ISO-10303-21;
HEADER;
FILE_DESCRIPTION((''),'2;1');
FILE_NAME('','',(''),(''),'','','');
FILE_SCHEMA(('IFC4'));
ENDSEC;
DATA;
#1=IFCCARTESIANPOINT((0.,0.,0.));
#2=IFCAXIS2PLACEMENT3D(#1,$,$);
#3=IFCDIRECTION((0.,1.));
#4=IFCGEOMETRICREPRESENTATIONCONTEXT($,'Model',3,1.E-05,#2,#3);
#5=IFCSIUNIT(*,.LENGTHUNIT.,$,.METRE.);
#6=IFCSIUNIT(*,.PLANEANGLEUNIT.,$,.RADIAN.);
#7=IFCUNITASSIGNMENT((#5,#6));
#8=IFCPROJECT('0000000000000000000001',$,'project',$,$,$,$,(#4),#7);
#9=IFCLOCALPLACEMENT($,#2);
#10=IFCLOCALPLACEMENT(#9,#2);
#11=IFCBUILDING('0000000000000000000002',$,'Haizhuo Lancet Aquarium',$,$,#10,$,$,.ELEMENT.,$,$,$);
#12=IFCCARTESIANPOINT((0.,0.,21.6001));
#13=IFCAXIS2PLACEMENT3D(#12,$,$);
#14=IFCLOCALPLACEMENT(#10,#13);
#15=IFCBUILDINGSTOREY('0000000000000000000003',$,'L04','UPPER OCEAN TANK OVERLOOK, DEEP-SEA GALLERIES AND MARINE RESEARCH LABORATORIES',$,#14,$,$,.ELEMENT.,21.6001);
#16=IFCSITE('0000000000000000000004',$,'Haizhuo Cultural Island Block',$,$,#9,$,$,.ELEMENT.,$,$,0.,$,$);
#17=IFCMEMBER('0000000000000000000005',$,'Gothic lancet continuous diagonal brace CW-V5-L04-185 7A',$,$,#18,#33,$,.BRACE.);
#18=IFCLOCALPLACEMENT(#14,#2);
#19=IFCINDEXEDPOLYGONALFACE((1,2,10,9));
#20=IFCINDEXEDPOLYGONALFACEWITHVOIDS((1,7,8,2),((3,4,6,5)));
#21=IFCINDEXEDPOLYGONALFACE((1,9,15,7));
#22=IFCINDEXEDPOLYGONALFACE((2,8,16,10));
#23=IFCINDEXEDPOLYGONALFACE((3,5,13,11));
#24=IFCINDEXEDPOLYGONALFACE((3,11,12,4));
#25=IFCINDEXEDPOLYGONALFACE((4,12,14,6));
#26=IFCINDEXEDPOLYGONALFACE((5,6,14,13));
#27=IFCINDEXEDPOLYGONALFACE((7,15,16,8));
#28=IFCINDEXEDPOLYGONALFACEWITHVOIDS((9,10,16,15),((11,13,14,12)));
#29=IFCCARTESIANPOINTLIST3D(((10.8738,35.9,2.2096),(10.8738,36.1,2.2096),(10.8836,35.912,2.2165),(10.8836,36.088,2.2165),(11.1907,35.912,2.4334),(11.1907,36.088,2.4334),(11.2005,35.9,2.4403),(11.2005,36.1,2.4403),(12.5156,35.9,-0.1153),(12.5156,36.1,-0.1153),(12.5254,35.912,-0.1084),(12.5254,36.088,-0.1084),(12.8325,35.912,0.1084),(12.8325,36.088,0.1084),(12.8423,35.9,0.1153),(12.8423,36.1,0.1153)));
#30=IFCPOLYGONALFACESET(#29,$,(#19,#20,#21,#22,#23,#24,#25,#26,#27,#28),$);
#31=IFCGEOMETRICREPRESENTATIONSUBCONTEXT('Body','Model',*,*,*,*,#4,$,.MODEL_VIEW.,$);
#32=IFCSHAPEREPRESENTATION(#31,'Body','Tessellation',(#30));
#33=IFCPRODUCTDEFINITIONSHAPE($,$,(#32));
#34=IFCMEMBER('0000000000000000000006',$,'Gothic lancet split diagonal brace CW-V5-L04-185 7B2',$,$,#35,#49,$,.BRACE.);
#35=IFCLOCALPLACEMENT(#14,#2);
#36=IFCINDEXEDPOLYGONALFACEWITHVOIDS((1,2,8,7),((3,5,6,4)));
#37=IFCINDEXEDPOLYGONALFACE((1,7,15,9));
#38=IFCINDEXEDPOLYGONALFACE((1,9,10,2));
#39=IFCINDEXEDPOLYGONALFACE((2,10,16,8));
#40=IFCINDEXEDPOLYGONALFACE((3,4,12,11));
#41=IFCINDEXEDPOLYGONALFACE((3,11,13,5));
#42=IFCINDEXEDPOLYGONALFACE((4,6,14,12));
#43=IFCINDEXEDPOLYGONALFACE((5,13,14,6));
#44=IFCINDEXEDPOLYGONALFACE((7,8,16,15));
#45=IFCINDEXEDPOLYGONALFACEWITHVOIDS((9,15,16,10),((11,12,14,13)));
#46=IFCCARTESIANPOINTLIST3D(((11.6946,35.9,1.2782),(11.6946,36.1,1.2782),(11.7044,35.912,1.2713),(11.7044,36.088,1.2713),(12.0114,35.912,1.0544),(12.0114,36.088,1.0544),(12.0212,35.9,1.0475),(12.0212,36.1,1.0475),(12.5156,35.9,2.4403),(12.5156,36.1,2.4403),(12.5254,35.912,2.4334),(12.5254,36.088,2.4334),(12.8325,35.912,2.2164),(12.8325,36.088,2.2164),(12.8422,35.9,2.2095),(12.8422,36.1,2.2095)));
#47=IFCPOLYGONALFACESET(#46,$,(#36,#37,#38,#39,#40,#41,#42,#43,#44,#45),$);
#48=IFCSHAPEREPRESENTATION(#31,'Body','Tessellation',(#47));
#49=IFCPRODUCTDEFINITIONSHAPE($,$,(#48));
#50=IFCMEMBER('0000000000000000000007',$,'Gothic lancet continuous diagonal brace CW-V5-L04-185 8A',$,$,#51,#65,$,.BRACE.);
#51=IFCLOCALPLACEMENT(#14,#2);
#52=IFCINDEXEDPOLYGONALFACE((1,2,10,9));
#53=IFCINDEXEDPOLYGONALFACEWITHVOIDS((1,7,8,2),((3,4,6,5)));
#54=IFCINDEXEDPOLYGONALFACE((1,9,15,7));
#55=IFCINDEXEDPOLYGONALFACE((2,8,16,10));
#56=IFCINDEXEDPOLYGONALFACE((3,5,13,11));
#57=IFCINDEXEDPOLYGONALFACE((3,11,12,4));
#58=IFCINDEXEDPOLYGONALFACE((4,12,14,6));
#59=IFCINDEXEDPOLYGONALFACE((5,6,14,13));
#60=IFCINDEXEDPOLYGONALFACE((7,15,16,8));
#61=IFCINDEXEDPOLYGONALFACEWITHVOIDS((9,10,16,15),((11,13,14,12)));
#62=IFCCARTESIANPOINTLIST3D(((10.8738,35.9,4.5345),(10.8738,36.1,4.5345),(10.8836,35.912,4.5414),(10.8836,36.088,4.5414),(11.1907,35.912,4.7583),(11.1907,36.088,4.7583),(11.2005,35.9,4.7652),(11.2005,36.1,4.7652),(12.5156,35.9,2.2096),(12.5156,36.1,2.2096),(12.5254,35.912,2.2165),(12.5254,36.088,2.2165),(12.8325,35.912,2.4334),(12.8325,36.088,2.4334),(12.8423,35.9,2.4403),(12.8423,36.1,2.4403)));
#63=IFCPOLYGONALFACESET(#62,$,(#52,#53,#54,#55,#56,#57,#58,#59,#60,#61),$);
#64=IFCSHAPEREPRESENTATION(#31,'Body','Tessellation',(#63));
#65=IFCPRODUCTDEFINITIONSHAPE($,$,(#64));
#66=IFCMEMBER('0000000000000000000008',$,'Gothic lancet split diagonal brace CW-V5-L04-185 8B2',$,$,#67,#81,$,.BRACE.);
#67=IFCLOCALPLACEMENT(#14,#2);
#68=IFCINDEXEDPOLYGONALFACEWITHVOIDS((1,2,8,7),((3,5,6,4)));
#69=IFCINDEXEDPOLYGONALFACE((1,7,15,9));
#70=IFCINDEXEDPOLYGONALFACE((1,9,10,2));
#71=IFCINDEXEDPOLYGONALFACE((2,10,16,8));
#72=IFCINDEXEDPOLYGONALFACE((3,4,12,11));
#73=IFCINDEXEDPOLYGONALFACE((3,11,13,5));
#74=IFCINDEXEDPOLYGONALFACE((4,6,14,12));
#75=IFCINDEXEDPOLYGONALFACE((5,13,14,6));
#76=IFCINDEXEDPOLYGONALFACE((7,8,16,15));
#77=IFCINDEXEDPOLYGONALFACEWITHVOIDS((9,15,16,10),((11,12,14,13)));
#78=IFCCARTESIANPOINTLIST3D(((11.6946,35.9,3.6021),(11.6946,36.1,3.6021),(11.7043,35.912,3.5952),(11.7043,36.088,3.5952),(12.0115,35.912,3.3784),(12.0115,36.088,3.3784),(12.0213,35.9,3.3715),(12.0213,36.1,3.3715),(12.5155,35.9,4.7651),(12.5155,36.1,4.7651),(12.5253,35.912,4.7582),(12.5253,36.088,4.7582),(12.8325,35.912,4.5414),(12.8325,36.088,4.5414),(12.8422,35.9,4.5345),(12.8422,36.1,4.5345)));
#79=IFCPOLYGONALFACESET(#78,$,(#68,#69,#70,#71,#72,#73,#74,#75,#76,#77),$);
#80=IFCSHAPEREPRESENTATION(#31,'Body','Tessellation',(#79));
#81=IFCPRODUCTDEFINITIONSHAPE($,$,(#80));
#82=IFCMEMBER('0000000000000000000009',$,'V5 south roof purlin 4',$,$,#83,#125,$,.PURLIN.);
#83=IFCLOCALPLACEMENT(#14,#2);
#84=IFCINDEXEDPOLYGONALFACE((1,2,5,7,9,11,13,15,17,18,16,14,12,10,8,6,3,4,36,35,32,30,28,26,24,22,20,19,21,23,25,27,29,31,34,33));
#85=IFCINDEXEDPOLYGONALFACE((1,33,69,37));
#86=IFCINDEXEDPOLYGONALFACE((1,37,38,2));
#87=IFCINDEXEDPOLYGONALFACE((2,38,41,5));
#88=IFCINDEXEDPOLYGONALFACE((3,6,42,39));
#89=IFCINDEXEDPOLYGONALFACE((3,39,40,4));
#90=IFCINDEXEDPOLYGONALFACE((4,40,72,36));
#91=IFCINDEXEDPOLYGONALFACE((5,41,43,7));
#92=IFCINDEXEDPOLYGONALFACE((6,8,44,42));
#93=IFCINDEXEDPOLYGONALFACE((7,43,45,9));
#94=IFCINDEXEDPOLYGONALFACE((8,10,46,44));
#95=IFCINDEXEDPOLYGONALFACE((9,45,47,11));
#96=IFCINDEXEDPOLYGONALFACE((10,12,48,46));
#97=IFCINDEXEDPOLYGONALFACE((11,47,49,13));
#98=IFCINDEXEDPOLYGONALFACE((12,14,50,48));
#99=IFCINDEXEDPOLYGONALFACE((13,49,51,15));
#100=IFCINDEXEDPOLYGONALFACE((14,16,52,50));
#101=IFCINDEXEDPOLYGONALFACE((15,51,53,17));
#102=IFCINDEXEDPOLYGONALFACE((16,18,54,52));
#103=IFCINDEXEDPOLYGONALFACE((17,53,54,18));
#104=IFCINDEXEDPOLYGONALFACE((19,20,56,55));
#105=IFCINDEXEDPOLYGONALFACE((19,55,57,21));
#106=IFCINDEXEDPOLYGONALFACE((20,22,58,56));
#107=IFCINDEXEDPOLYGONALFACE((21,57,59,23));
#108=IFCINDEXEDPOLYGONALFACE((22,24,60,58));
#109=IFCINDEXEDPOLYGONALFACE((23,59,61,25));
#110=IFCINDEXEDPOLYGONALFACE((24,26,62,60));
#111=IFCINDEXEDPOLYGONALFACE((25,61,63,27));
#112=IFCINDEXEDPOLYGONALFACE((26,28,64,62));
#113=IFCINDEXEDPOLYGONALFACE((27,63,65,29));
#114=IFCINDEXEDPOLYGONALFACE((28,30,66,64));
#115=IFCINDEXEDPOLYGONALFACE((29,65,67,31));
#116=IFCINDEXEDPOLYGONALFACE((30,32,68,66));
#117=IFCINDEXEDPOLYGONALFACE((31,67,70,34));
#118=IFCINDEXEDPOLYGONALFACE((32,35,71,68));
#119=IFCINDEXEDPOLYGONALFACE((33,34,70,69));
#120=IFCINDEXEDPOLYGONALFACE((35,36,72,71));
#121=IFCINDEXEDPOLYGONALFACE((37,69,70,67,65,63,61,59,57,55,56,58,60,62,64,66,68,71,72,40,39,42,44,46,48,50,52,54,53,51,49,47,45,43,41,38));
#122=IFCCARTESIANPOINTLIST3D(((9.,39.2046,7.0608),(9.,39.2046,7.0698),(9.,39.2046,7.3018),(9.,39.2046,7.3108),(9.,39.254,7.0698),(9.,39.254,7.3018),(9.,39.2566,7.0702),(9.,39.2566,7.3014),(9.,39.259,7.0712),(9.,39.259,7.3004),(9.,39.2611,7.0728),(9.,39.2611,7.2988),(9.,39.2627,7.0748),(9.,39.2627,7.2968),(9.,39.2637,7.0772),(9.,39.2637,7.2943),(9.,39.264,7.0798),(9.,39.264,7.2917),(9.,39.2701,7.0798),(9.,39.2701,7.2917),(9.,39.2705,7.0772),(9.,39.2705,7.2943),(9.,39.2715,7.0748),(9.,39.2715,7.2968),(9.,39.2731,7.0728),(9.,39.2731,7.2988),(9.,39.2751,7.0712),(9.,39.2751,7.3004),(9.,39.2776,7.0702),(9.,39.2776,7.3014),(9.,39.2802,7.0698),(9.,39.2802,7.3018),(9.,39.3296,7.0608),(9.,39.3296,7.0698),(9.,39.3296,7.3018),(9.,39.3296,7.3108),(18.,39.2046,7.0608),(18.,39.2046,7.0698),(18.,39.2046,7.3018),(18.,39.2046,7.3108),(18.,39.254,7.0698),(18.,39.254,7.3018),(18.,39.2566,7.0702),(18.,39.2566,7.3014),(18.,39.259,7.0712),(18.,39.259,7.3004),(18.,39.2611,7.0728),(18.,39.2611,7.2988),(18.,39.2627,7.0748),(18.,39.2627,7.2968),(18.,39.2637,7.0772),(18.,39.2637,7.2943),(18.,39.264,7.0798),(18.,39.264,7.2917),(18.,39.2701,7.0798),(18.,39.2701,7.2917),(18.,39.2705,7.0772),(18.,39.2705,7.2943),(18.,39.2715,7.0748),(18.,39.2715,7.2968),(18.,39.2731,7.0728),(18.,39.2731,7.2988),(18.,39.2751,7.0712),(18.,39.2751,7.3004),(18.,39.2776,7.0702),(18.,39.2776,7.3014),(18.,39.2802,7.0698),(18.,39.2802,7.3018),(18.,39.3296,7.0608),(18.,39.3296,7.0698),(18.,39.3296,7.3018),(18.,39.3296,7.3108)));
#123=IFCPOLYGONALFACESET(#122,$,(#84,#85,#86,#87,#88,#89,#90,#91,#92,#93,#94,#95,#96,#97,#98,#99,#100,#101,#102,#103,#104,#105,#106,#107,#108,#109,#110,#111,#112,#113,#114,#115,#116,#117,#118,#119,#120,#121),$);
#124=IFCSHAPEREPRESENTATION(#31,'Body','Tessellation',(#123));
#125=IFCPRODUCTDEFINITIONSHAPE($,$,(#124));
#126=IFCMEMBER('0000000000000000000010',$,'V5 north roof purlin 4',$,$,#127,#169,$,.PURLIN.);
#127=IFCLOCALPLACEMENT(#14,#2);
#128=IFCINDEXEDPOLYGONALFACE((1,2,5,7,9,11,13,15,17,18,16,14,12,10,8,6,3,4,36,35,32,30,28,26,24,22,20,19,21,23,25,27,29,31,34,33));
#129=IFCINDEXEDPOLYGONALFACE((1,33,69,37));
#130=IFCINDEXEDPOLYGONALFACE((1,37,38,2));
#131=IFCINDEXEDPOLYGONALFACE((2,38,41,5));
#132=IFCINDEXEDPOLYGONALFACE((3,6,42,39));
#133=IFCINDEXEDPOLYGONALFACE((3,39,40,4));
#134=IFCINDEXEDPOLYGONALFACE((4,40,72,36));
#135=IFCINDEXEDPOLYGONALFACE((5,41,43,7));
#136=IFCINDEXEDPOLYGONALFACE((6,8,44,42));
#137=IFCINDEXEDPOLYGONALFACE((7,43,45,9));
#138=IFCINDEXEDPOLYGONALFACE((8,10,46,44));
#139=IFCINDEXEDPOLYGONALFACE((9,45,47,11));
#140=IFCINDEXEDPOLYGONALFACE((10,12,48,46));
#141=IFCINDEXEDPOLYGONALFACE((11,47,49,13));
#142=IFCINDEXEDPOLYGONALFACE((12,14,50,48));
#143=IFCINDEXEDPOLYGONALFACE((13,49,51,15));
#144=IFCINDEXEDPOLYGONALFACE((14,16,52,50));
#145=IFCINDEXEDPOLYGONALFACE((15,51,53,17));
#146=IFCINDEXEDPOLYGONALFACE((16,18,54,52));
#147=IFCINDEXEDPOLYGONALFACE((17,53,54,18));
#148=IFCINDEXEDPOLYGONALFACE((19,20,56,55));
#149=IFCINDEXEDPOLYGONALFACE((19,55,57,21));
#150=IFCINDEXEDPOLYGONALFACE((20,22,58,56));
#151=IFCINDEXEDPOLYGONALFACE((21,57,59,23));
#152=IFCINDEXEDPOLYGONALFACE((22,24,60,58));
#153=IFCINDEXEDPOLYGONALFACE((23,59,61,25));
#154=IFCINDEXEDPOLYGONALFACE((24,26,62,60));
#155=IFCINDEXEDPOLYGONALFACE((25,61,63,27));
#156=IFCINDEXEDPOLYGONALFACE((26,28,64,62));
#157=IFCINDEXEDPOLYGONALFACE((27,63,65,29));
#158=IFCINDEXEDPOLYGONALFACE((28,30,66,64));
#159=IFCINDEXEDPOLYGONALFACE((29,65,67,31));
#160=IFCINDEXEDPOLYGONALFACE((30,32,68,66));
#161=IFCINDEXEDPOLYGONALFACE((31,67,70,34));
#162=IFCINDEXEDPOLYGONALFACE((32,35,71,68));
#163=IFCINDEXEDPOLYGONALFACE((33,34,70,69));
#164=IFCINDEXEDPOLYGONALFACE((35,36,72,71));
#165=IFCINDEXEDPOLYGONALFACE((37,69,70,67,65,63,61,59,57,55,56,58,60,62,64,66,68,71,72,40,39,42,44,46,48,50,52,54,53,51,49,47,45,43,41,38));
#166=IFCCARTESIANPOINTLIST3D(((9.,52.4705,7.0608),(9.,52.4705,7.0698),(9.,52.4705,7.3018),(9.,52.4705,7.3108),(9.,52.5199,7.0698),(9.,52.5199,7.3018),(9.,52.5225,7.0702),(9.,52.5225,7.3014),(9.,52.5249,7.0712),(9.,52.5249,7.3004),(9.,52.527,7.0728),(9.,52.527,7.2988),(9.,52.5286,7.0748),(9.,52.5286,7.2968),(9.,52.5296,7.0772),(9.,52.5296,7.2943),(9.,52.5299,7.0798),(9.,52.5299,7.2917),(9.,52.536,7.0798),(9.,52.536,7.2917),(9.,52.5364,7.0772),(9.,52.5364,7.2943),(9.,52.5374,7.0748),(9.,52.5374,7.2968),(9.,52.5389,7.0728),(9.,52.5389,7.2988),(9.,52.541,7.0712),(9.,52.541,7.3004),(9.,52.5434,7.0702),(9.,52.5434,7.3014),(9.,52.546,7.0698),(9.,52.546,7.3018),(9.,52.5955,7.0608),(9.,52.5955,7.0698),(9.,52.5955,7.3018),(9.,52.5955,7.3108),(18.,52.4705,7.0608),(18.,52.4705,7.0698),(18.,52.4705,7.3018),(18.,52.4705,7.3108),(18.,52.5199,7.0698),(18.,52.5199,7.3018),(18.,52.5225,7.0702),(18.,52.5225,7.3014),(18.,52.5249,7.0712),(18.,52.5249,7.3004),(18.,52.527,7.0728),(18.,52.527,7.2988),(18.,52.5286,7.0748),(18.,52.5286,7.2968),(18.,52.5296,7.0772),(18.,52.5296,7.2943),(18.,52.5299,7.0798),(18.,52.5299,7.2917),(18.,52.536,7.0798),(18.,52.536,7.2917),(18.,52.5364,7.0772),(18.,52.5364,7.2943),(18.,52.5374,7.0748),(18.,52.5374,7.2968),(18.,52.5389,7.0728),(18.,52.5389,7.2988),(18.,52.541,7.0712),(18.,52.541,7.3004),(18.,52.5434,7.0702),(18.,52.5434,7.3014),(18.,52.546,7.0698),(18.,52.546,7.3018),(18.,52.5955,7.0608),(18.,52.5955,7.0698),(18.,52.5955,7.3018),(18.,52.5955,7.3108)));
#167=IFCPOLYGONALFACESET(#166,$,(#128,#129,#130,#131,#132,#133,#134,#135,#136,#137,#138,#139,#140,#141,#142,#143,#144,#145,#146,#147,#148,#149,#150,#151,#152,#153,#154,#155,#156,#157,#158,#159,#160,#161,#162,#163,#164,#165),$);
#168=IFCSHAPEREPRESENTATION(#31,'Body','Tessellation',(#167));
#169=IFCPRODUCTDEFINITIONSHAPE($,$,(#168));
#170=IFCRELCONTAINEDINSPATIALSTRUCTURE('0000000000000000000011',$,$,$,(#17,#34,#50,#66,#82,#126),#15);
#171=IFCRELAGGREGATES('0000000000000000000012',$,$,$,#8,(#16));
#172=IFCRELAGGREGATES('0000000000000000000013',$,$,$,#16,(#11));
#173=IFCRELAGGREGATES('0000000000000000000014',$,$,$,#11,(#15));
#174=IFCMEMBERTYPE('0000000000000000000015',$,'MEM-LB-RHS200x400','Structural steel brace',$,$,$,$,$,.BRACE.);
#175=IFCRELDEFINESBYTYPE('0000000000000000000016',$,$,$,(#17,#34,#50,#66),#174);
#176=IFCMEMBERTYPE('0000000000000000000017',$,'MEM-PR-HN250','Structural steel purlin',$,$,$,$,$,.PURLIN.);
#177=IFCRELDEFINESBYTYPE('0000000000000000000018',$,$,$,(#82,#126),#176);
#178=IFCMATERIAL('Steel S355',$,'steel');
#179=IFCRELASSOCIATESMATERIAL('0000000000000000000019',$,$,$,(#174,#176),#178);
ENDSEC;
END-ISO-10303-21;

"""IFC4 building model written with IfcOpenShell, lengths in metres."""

from ifc_helpers import new_model, si_unit, direction, frame, origin, origin_2d, place, context, subcontext, project, spatial, hollow_rectangle, i_section, extrude, material, material_profile, profile_set, type_object, element, save


model = new_model("IFC4")

# Units and contexts
model_context = context("Model", 3, precision=1e-05, world=origin(), true_north=direction((0.0, 1.0)))
body_context = subcontext(model_context, "Body", "Model", "MODEL_VIEW")
ifc_project = project(units=[si_unit("LENGTHUNIT", "METRE"), si_unit("PLANEANGLEUNIT", "RADIAN")], contexts=[model_context])

# Site, building, storey
site_placement = place(None, origin())
site = spatial("IfcSite", under=ifc_project, at=site_placement, Name="Haizhuo Cultural Island Block", CompositionType="ELEMENT", RefElevation=0.0)
building_placement = place(site_placement, origin())
building = spatial("IfcBuilding", under=site, at=building_placement, Name="Haizhuo Lancet Aquarium", CompositionType="ELEMENT")
storey_placement = place(building_placement, frame((0.0, 0.0, 21.6001)))
storey = spatial("IfcBuildingStorey", under=building, at=storey_placement, Name="L04", Description="UPPER OCEAN TANK OVERLOOK, DEEP-SEA GALLERIES AND MARINE RESEARCH LABORATORIES", CompositionType="ELEMENT", Elevation=21.6001)

# Members
ifc_material_1 = material(Name="Steel S355", Category="steel")
ifc_material_profile_1 = material_profile(ifc_material_1, hollow_rectangle(XDim=0.2, YDim=0.3999, WallThickness=0.012, at=origin_2d()), Name="RHS 200x400x12")
ifc_profile_set_1 = profile_set([ifc_material_profile_1], Name="Steel S355")
member_type_1 = type_object("IfcMemberType", Name="MEM-LB-RHS200x400", Description="Structural steel brace", PredefinedType="BRACE", material=ifc_profile_set_1)
member_1_placement = place(storey_placement, frame((12.679, 36.0, 0.0), z_axis=(-0.576848, 0.0, 0.816851), x_axis=(0.0, -1.0, 0.0)))
element("IfcMember", 1, at=member_1_placement, inside=storey, type_object=member_type_1, Name="Gothic lancet continuous diagonal brace CW-V5-L04-185 7A", PredefinedType="BRACE", context=body_context, shape_type="SweptSolid", body=[
    extrude(hollow_rectangle(XDim=0.2, YDim=0.3999, WallThickness=0.012, at=origin_2d()), origin(), (0.0, 0.0, 1.0), 2.8462),
])
member_2_placement = place(storey_placement, frame((11.8579, 36.0, 1.1628), z_axis=(0.577027, 0.0, 0.816725), x_axis=(0.0, 1.0, 0.0)))
element("IfcMember", 2, at=member_2_placement, inside=storey, type_object=member_type_1, Name="Gothic lancet split diagonal brace CW-V5-L04-185 7B2", PredefinedType="BRACE", context=body_context, shape_type="SweptSolid", body=[
    extrude(hollow_rectangle(XDim=0.2, YDim=0.3999, WallThickness=0.012, at=origin_2d()), origin(), (0.0, 0.0, 1.0), 1.4229),
])
member_3_placement = place(storey_placement, frame((12.679, 36.0, 2.325), z_axis=(-0.576848, 0.0, 0.816851), x_axis=(0.0, -1.0, 0.0)))
element("IfcMember", 3, at=member_3_placement, inside=storey, type_object=member_type_1, Name="Gothic lancet continuous diagonal brace CW-V5-L04-185 8A", PredefinedType="BRACE", context=body_context, shape_type="SweptSolid", body=[
    extrude(hollow_rectangle(XDim=0.2, YDim=0.3999, WallThickness=0.012, at=origin_2d()), origin(), (0.0, 0.0, 1.0), 2.8462),
])
member_4_placement = place(storey_placement, frame((11.8579, 36.0, 3.4868), z_axis=(0.576703, 0.0, 0.816954), x_axis=(0.0, 1.0, 0.0)))
element("IfcMember", 4, at=member_4_placement, inside=storey, type_object=member_type_1, Name="Gothic lancet split diagonal brace CW-V5-L04-185 8B2", PredefinedType="BRACE", context=body_context, shape_type="SweptSolid", body=[
    extrude(hollow_rectangle(XDim=0.2, YDim=0.3999, WallThickness=0.012, at=origin_2d()), origin(), (0.0, 0.0, 1.0), 1.4236),
])
ifc_material_profile_2 = material_profile(ifc_material_1, i_section(OverallWidth=0.125, OverallDepth=0.25, WebThickness=0.0061, FlangeThickness=0.009, FilletRadius=0.01, at=origin_2d()), Name="HN 250x125x6x9")
ifc_profile_set_2 = profile_set([ifc_material_profile_2], Name="Steel S355")
member_type_2 = type_object("IfcMemberType", Name="MEM-PR-HN250", Description="Structural steel purlin", PredefinedType="PURLIN", material=ifc_profile_set_2)
for number, where, z_axis, x_axis, name in (
    (5, (9.0, 39.2671, 7.1858), (1.0, 0.0, 0.0), (0.0, 1.0, 0.0), "V5 south roof purlin 4"),
    (6, (9.0, 52.533, 7.1858), (1.0, 0.0, 0.0), (0.0, 1.0, 0.0), "V5 north roof purlin 4"),
):
    element("IfcMember", number, at=place(storey_placement, frame(where, z_axis=z_axis, x_axis=x_axis)), inside=storey, type_object=member_type_2, Name=name, PredefinedType="PURLIN", context=body_context, shape_type="SweptSolid", body=[
        extrude(i_section(OverallWidth=0.125, OverallDepth=0.25, WebThickness=0.0061, FlangeThickness=0.009, FilletRadius=0.01, at=origin_2d()), origin(), (0.0, 0.0, 1.0), 9.0),
    ])

save(model, "model.ifc")
